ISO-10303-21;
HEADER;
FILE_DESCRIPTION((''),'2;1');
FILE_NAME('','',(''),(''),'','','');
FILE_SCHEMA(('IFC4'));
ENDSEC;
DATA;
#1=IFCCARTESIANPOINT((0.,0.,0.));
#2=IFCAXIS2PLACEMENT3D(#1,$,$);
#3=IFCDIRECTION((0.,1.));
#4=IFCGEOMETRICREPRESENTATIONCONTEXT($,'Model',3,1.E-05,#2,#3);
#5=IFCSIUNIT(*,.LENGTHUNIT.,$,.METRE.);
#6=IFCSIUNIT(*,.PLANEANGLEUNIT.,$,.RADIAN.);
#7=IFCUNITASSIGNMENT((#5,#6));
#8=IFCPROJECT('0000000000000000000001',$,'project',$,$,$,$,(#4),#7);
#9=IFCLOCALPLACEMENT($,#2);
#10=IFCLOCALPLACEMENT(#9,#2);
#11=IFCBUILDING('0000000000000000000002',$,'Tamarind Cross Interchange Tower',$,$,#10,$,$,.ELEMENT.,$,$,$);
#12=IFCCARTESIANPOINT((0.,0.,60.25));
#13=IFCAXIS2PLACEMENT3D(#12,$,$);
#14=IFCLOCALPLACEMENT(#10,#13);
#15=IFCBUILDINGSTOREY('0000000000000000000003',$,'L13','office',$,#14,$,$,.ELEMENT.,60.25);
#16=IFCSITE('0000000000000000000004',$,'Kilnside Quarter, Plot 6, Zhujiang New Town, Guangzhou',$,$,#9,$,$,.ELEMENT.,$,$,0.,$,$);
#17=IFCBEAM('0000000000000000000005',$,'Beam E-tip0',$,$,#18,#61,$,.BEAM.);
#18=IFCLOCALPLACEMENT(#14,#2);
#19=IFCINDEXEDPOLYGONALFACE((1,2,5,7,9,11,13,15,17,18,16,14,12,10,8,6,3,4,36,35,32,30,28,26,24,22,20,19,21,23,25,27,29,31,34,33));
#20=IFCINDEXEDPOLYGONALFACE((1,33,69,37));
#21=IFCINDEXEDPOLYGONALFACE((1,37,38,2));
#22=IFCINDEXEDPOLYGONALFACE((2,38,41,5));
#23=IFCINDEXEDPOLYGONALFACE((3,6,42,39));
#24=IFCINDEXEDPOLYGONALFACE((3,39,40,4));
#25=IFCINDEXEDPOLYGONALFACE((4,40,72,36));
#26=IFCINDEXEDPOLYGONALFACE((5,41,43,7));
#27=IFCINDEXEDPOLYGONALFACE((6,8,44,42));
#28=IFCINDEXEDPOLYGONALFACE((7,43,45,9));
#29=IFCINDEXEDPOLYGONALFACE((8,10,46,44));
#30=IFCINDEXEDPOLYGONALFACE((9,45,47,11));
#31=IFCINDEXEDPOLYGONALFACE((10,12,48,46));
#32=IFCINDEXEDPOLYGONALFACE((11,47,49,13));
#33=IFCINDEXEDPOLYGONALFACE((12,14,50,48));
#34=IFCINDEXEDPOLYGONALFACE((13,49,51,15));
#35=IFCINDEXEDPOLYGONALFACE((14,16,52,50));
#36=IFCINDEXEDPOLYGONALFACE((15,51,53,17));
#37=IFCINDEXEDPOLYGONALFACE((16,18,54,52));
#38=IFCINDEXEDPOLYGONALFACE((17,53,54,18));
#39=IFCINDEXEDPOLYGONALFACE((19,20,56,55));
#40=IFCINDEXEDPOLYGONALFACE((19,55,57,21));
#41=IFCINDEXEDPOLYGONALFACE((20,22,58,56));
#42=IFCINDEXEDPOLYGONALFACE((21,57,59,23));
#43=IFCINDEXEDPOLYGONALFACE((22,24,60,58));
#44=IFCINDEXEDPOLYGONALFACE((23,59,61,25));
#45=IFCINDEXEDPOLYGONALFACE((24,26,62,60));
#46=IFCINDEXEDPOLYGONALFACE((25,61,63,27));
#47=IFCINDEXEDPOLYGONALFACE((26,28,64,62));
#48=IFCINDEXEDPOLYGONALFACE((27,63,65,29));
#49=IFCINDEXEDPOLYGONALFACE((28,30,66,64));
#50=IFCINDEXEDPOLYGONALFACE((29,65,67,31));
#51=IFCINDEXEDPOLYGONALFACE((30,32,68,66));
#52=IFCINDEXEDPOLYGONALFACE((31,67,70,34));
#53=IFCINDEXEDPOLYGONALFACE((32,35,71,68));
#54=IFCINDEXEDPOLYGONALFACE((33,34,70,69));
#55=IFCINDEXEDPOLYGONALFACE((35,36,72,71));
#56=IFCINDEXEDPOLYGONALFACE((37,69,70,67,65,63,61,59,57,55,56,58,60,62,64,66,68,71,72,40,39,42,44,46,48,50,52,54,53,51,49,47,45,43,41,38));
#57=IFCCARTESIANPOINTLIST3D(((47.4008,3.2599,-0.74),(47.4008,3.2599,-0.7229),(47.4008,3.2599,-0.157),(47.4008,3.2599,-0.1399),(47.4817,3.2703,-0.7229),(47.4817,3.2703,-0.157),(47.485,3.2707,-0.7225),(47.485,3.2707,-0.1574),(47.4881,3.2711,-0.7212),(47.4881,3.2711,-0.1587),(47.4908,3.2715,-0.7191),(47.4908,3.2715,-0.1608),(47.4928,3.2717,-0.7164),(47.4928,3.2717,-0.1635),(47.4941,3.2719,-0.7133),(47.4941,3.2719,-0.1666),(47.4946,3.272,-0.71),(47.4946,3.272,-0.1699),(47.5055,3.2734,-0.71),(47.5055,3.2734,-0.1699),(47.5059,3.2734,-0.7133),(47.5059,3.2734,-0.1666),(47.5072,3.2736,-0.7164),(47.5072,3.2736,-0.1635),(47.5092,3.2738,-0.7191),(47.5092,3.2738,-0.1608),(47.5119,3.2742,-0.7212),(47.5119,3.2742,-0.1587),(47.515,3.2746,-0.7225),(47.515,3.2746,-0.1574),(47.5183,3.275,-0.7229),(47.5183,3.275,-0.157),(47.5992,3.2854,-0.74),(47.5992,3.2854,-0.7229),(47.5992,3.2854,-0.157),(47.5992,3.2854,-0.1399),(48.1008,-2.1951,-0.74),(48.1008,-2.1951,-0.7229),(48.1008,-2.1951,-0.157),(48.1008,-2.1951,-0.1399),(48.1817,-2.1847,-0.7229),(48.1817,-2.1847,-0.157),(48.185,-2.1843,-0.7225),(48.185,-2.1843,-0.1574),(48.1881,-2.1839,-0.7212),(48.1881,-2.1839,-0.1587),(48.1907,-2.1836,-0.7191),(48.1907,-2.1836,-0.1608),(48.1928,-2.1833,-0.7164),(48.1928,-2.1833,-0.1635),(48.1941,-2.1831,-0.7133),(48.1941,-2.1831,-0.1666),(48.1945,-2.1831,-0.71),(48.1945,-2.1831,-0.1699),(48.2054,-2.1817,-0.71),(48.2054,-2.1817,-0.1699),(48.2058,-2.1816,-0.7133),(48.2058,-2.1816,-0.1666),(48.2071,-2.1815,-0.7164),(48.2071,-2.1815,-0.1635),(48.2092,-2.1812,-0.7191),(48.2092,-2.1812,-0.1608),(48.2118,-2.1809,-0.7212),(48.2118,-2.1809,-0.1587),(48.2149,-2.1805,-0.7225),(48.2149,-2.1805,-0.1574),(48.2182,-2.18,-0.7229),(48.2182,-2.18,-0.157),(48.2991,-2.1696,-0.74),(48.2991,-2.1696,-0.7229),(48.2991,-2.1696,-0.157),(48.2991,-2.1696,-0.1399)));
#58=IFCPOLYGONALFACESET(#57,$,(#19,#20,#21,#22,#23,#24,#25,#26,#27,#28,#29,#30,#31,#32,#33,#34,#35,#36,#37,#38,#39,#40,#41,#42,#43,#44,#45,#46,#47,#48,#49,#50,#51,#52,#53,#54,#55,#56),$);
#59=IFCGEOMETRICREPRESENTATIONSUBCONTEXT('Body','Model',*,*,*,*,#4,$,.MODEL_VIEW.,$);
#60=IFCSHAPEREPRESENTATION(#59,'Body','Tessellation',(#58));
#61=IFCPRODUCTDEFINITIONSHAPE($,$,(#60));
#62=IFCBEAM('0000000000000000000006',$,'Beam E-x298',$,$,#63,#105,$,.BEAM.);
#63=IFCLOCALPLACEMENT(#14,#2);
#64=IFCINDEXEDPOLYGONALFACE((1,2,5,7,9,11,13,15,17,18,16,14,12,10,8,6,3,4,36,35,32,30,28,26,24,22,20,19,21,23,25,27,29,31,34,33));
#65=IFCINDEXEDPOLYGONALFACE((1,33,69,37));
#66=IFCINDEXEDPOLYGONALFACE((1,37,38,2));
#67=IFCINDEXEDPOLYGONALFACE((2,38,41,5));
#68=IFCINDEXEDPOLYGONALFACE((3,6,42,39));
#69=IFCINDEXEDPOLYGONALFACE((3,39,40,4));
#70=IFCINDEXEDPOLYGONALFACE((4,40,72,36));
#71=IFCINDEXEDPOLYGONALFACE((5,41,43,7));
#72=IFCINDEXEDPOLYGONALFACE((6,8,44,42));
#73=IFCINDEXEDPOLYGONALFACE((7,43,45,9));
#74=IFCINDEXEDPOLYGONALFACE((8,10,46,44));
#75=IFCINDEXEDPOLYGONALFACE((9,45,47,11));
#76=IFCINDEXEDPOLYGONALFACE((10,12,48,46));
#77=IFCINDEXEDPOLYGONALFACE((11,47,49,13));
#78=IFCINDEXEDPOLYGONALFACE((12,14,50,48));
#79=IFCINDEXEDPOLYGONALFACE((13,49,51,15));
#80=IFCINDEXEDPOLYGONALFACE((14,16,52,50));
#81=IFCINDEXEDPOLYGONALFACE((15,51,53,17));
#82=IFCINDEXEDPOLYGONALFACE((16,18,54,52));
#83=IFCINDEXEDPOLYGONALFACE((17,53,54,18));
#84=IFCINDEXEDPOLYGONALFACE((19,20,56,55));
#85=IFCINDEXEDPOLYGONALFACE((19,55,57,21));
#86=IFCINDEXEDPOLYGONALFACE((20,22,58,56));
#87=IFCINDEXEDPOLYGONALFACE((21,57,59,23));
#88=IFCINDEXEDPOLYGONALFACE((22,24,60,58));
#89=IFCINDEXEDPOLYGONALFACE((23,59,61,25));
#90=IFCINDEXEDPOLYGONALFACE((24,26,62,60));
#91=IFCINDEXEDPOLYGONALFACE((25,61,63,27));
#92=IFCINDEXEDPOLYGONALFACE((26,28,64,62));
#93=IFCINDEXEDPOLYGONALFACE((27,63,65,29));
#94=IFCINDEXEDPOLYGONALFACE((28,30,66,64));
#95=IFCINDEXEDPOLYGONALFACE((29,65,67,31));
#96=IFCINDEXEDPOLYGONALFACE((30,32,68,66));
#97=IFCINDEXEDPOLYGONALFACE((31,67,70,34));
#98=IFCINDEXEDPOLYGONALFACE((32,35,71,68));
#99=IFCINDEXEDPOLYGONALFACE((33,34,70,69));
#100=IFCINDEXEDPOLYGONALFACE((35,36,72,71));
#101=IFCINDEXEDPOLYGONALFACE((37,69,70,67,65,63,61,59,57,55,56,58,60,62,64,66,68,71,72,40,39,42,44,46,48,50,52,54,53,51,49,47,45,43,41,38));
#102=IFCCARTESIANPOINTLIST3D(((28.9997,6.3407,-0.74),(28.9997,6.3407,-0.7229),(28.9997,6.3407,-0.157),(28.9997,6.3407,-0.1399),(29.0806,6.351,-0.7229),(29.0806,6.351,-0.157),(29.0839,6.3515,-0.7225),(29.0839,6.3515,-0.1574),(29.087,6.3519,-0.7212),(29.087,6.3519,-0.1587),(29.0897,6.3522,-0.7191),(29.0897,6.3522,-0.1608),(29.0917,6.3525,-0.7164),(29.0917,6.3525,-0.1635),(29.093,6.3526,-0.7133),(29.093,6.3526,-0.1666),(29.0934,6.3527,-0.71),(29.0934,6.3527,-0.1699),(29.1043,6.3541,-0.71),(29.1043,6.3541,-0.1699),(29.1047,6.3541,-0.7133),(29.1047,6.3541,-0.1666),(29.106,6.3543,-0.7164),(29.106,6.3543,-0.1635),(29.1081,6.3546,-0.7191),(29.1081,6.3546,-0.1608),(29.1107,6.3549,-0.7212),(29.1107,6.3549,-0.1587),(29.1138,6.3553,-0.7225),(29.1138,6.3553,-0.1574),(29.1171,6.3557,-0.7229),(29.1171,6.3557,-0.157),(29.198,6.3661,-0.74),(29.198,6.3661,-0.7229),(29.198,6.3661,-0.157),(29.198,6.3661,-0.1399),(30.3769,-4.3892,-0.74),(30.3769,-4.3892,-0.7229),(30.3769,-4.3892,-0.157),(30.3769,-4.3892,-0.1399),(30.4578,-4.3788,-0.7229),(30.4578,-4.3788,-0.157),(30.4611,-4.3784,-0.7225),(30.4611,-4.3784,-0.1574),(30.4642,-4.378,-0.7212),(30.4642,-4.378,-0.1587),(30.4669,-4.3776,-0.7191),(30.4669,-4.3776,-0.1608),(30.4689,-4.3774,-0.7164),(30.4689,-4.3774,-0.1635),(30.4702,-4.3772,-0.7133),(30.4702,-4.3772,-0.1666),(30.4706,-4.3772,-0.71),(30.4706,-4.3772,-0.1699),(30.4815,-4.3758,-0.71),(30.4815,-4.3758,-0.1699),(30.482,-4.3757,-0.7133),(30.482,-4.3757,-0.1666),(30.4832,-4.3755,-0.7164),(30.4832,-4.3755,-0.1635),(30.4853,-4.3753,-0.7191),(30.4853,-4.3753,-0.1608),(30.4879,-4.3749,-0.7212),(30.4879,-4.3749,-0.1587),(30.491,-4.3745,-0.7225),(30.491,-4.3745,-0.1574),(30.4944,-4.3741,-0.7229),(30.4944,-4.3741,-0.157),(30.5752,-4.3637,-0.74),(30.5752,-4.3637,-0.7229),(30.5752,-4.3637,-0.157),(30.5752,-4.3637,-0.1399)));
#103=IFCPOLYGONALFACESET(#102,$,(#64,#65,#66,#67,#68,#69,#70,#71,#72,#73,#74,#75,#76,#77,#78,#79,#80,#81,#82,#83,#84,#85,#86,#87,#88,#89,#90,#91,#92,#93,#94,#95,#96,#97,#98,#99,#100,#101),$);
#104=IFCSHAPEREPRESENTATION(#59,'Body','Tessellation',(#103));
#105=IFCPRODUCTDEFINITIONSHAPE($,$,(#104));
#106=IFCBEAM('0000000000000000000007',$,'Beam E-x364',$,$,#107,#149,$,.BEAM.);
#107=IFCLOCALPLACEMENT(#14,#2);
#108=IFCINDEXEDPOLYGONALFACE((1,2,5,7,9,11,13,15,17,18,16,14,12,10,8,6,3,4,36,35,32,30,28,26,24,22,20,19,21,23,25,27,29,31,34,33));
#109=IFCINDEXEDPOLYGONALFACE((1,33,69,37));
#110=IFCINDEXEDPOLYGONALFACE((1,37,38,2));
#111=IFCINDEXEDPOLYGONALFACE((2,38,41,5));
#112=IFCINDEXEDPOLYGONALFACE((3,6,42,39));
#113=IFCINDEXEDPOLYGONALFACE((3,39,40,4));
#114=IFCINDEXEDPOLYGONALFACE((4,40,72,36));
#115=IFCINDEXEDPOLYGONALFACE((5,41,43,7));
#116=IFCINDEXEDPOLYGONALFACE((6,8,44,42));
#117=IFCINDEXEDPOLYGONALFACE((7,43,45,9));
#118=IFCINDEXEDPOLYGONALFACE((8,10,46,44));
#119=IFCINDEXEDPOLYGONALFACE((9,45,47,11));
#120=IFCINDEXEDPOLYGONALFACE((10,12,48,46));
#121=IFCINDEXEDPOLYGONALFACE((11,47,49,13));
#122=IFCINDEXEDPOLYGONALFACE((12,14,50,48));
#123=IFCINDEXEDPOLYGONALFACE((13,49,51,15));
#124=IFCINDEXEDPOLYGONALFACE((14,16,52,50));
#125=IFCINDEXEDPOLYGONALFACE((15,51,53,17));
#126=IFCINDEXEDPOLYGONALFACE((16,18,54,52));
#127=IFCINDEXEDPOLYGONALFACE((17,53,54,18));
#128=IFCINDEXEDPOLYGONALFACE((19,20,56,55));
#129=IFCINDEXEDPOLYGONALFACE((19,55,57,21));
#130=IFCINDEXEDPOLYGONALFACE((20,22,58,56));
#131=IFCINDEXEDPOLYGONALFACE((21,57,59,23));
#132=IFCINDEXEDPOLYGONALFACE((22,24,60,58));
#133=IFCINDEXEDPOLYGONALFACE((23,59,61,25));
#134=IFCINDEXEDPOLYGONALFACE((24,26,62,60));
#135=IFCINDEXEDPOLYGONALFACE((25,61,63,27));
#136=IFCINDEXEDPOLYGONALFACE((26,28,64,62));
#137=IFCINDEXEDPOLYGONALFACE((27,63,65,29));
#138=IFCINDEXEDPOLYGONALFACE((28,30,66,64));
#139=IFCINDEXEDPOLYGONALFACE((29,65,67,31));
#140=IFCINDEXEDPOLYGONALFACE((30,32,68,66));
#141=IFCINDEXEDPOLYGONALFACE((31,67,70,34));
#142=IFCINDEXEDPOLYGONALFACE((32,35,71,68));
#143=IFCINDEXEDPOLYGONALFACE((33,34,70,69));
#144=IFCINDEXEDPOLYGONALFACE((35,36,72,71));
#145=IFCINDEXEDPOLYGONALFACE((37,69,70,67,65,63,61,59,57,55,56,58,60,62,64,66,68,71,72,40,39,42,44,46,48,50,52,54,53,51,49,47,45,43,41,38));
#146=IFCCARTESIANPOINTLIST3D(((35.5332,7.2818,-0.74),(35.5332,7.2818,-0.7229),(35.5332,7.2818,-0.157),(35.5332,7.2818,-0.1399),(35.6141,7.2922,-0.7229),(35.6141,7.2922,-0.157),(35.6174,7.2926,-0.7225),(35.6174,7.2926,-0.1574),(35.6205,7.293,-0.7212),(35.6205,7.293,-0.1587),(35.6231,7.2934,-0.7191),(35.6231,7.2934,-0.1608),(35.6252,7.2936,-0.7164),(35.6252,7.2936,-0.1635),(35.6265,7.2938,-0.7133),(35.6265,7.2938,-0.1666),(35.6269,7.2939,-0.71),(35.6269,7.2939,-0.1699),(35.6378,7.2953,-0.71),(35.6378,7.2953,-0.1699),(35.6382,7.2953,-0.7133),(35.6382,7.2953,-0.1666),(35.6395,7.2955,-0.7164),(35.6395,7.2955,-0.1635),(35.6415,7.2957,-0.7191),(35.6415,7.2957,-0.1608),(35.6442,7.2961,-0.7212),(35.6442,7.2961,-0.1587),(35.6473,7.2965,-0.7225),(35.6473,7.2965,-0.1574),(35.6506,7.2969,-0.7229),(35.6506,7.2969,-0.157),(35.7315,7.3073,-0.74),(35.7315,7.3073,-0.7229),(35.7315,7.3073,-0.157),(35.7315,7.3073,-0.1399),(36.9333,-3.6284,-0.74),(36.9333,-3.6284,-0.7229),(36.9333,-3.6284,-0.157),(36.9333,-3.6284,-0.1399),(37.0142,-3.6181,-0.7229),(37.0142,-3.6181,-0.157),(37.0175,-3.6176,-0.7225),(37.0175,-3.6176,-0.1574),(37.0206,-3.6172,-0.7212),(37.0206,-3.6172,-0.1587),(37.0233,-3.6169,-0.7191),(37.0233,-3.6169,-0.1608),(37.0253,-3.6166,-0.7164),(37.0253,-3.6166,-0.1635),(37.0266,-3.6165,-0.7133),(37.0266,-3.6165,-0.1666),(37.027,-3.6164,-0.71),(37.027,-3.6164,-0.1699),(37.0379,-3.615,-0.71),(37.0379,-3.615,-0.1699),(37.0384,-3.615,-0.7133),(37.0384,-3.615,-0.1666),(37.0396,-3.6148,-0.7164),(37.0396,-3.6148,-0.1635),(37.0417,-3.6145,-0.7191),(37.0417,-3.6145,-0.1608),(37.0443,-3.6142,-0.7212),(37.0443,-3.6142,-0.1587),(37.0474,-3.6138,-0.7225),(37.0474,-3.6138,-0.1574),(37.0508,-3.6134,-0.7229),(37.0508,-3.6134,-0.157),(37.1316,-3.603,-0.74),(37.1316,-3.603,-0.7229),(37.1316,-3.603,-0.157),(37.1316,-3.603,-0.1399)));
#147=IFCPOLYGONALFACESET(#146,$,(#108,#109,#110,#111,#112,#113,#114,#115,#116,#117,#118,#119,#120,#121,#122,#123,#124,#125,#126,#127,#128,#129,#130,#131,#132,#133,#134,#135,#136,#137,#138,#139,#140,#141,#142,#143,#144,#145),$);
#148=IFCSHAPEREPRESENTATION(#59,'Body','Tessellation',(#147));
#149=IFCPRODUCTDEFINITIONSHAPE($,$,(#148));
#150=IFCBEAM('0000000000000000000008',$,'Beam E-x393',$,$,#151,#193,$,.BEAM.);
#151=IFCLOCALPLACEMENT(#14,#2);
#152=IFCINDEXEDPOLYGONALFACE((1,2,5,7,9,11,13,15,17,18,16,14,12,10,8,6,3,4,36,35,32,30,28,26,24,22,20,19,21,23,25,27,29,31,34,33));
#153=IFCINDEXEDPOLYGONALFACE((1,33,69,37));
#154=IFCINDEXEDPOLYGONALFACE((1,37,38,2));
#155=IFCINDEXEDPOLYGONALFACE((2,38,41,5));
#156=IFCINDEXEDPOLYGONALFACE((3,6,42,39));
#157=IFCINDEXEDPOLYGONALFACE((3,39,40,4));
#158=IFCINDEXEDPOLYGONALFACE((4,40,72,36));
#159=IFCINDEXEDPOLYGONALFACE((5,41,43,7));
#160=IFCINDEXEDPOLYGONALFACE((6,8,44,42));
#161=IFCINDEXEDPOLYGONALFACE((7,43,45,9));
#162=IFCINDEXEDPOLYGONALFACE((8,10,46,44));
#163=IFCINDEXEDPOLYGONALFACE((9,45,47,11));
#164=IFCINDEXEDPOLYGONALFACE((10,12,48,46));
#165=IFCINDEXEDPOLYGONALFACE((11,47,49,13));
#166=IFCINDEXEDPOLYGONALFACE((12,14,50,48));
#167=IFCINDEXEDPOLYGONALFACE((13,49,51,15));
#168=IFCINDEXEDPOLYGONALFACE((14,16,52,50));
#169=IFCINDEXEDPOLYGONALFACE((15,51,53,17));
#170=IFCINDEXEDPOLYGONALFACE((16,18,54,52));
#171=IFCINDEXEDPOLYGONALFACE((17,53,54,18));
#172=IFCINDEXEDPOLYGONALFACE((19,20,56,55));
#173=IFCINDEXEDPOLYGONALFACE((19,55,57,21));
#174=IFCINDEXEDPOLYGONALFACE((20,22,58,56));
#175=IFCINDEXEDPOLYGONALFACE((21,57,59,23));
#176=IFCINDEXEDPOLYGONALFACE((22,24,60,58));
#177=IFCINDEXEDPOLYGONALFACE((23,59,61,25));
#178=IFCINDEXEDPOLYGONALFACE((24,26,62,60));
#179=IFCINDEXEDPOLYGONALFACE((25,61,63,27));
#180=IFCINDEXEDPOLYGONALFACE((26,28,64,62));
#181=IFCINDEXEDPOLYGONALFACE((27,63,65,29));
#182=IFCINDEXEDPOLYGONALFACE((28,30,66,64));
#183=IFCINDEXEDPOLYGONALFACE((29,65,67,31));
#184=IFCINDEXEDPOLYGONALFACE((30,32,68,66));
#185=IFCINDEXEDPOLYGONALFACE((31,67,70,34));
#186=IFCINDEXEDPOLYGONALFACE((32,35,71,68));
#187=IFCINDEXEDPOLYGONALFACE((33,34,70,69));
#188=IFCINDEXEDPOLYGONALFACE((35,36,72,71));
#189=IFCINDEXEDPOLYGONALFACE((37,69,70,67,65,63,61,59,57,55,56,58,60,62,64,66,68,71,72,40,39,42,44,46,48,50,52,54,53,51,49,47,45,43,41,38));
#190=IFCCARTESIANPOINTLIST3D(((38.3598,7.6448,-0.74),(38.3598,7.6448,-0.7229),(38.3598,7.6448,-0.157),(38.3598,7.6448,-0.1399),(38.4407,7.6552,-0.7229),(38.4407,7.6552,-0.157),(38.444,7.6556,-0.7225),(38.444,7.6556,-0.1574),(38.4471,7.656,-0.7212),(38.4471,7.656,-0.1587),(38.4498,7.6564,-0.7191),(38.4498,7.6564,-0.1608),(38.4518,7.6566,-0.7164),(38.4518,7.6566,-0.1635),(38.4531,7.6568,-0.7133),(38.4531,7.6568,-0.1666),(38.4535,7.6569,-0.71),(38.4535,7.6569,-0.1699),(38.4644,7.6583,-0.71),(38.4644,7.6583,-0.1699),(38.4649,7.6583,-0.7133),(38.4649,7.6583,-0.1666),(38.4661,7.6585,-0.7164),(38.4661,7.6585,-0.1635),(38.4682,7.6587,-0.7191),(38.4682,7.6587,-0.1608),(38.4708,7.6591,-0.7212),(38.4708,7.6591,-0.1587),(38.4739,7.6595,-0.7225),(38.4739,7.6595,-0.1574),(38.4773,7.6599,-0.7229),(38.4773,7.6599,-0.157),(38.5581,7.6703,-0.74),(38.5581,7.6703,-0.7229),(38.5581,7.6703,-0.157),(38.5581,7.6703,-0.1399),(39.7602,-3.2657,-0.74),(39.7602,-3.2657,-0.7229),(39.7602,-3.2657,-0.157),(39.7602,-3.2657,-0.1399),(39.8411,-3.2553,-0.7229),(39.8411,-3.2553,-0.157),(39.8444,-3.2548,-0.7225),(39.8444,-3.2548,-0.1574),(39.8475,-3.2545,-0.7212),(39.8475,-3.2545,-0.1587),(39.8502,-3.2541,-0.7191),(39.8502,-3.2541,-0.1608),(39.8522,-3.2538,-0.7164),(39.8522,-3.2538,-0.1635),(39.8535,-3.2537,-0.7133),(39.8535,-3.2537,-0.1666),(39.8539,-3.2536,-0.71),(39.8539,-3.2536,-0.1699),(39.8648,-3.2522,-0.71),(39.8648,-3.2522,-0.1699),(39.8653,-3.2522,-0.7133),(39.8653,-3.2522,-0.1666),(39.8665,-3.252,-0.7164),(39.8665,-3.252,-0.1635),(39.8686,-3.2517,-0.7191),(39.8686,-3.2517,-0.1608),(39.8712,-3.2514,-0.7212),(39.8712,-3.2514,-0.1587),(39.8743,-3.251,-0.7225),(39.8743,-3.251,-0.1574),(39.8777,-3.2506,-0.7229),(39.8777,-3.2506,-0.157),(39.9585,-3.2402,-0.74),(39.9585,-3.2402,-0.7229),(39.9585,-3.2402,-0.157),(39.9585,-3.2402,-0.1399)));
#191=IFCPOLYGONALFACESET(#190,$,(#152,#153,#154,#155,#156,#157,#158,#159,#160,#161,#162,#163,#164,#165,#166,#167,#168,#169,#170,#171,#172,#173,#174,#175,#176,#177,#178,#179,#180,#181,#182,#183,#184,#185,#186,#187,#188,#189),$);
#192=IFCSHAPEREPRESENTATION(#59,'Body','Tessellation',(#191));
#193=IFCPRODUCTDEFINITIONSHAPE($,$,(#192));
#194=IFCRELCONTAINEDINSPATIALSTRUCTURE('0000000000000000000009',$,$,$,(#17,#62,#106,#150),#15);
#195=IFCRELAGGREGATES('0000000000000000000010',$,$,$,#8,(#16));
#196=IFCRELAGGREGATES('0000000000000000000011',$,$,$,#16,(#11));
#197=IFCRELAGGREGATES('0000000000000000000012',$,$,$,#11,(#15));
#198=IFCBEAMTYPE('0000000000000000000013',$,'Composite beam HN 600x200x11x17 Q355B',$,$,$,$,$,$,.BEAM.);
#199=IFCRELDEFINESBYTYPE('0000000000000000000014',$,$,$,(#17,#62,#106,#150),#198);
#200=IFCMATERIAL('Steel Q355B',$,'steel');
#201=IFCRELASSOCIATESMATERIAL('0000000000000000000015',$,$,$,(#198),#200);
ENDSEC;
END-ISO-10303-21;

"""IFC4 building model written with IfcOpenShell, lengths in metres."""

from ifc_helpers import new_model, si_unit, direction, frame, origin, origin_2d, place, context, subcontext, project, spatial, i_section, extrude, material, material_profile, profile_set, type_object, element, save


model = new_model("IFC4")

# Units and contexts
model_context = context("Model", 3, precision=1e-05, world=origin(), true_north=direction((0.0, 1.0)))
body_context = subcontext(model_context, "Body", "Model", "MODEL_VIEW")
ifc_project = project(units=[si_unit("LENGTHUNIT", "METRE"), si_unit("PLANEANGLEUNIT", "RADIAN")], contexts=[model_context])

# Site, building, storey
site_placement = place(None, origin())
site = spatial("IfcSite", under=ifc_project, at=site_placement, Name="Kilnside Quarter, Plot 6, Zhujiang New Town, Guangzhou", CompositionType="ELEMENT", RefElevation=0.0)
building_placement = place(site_placement, origin())
building = spatial("IfcBuilding", under=site, at=building_placement, Name="Tamarind Cross Interchange Tower", CompositionType="ELEMENT")
storey_placement = place(building_placement, frame((0.0, 0.0, 60.25)))
storey = spatial("IfcBuildingStorey", under=building, at=storey_placement, Name="L13", Description="office", CompositionType="ELEMENT", Elevation=60.25)

# Beams
ifc_material_1 = material(Name="Steel Q355B", Category="steel")
ifc_material_profile_1 = material_profile(ifc_material_1, i_section(OverallWidth=0.2, OverallDepth=0.6001, WebThickness=0.011, FlangeThickness=0.0171, FilletRadius=0.0129, at=origin_2d()), Name="HN 600x200x11x17")
ifc_profile_set_1 = profile_set([ifc_material_profile_1], Name="Steel Q355B")
beam_type_1 = type_object("IfcBeamType", Name="Composite beam HN 600x200x11x17 Q355B", PredefinedType="BEAM", material=ifc_profile_set_1)
beam_1_placement = place(storey_placement, frame((48.2, -2.1824, -0.4399), z_axis=(-0.127268, 0.991868, 0.0), x_axis=(-0.991868, -0.127268, 0.0)))
element("IfcBeam", 1, at=beam_1_placement, inside=storey, type_object=beam_type_1, Name="Beam E-tip0", PredefinedType="BEAM", context=body_context, shape_type="SweptSolid", body=[
    extrude(i_section(OverallWidth=0.2, OverallDepth=0.6001, WebThickness=0.011, FlangeThickness=0.0171, FilletRadius=0.0129, at=origin_2d()), origin(), (0.0, 0.0, 1.0), 5.4998),
])
beam_2_placement = place(storey_placement, frame((30.4761, -4.3765, -0.4399), z_axis=(-0.127309, 0.991863, 0.0), x_axis=(-0.991863, -0.127309, 0.0)))
element("IfcBeam", 2, at=beam_2_placement, inside=storey, type_object=beam_type_1, Name="Beam E-x298", PredefinedType="BEAM", context=body_context, shape_type="SweptSolid", body=[
    extrude(i_section(OverallWidth=0.2, OverallDepth=0.6001, WebThickness=0.011, FlangeThickness=0.0171, FilletRadius=0.0129, at=origin_2d()), origin(), (0.0, 0.0, 1.0), 10.8179),
])
beam_3_placement = place(storey_placement, frame((37.0325, -3.6157, -0.4399), z_axis=(-0.127287, 0.991866, 0.0), x_axis=(-0.991866, -0.127287, 0.0)))
element("IfcBeam", 3, at=beam_3_placement, inside=storey, type_object=beam_type_1, Name="Beam E-x364", PredefinedType="BEAM", context=body_context, shape_type="SweptSolid", body=[
    extrude(i_section(OverallWidth=0.2, OverallDepth=0.6001, WebThickness=0.011, FlangeThickness=0.0171, FilletRadius=0.0129, at=origin_2d()), origin(), (0.0, 0.0, 1.0), 10.9998),
])
beam_4_placement = place(storey_placement, frame((39.8594, -3.2529, -0.4399), z_axis=(-0.127309, 0.991863, 0.0), x_axis=(-0.991863, -0.127309, 0.0)))
element("IfcBeam", 4, at=beam_4_placement, inside=storey, type_object=beam_type_1, Name="Beam E-x393", PredefinedType="BEAM", context=body_context, shape_type="SweptSolid", body=[
    extrude(i_section(OverallWidth=0.2, OverallDepth=0.6001, WebThickness=0.011, FlangeThickness=0.0171, FilletRadius=0.0129, at=origin_2d()), origin(), (0.0, 0.0, 1.0), 11.0),
])

save(model, "model.ifc")
